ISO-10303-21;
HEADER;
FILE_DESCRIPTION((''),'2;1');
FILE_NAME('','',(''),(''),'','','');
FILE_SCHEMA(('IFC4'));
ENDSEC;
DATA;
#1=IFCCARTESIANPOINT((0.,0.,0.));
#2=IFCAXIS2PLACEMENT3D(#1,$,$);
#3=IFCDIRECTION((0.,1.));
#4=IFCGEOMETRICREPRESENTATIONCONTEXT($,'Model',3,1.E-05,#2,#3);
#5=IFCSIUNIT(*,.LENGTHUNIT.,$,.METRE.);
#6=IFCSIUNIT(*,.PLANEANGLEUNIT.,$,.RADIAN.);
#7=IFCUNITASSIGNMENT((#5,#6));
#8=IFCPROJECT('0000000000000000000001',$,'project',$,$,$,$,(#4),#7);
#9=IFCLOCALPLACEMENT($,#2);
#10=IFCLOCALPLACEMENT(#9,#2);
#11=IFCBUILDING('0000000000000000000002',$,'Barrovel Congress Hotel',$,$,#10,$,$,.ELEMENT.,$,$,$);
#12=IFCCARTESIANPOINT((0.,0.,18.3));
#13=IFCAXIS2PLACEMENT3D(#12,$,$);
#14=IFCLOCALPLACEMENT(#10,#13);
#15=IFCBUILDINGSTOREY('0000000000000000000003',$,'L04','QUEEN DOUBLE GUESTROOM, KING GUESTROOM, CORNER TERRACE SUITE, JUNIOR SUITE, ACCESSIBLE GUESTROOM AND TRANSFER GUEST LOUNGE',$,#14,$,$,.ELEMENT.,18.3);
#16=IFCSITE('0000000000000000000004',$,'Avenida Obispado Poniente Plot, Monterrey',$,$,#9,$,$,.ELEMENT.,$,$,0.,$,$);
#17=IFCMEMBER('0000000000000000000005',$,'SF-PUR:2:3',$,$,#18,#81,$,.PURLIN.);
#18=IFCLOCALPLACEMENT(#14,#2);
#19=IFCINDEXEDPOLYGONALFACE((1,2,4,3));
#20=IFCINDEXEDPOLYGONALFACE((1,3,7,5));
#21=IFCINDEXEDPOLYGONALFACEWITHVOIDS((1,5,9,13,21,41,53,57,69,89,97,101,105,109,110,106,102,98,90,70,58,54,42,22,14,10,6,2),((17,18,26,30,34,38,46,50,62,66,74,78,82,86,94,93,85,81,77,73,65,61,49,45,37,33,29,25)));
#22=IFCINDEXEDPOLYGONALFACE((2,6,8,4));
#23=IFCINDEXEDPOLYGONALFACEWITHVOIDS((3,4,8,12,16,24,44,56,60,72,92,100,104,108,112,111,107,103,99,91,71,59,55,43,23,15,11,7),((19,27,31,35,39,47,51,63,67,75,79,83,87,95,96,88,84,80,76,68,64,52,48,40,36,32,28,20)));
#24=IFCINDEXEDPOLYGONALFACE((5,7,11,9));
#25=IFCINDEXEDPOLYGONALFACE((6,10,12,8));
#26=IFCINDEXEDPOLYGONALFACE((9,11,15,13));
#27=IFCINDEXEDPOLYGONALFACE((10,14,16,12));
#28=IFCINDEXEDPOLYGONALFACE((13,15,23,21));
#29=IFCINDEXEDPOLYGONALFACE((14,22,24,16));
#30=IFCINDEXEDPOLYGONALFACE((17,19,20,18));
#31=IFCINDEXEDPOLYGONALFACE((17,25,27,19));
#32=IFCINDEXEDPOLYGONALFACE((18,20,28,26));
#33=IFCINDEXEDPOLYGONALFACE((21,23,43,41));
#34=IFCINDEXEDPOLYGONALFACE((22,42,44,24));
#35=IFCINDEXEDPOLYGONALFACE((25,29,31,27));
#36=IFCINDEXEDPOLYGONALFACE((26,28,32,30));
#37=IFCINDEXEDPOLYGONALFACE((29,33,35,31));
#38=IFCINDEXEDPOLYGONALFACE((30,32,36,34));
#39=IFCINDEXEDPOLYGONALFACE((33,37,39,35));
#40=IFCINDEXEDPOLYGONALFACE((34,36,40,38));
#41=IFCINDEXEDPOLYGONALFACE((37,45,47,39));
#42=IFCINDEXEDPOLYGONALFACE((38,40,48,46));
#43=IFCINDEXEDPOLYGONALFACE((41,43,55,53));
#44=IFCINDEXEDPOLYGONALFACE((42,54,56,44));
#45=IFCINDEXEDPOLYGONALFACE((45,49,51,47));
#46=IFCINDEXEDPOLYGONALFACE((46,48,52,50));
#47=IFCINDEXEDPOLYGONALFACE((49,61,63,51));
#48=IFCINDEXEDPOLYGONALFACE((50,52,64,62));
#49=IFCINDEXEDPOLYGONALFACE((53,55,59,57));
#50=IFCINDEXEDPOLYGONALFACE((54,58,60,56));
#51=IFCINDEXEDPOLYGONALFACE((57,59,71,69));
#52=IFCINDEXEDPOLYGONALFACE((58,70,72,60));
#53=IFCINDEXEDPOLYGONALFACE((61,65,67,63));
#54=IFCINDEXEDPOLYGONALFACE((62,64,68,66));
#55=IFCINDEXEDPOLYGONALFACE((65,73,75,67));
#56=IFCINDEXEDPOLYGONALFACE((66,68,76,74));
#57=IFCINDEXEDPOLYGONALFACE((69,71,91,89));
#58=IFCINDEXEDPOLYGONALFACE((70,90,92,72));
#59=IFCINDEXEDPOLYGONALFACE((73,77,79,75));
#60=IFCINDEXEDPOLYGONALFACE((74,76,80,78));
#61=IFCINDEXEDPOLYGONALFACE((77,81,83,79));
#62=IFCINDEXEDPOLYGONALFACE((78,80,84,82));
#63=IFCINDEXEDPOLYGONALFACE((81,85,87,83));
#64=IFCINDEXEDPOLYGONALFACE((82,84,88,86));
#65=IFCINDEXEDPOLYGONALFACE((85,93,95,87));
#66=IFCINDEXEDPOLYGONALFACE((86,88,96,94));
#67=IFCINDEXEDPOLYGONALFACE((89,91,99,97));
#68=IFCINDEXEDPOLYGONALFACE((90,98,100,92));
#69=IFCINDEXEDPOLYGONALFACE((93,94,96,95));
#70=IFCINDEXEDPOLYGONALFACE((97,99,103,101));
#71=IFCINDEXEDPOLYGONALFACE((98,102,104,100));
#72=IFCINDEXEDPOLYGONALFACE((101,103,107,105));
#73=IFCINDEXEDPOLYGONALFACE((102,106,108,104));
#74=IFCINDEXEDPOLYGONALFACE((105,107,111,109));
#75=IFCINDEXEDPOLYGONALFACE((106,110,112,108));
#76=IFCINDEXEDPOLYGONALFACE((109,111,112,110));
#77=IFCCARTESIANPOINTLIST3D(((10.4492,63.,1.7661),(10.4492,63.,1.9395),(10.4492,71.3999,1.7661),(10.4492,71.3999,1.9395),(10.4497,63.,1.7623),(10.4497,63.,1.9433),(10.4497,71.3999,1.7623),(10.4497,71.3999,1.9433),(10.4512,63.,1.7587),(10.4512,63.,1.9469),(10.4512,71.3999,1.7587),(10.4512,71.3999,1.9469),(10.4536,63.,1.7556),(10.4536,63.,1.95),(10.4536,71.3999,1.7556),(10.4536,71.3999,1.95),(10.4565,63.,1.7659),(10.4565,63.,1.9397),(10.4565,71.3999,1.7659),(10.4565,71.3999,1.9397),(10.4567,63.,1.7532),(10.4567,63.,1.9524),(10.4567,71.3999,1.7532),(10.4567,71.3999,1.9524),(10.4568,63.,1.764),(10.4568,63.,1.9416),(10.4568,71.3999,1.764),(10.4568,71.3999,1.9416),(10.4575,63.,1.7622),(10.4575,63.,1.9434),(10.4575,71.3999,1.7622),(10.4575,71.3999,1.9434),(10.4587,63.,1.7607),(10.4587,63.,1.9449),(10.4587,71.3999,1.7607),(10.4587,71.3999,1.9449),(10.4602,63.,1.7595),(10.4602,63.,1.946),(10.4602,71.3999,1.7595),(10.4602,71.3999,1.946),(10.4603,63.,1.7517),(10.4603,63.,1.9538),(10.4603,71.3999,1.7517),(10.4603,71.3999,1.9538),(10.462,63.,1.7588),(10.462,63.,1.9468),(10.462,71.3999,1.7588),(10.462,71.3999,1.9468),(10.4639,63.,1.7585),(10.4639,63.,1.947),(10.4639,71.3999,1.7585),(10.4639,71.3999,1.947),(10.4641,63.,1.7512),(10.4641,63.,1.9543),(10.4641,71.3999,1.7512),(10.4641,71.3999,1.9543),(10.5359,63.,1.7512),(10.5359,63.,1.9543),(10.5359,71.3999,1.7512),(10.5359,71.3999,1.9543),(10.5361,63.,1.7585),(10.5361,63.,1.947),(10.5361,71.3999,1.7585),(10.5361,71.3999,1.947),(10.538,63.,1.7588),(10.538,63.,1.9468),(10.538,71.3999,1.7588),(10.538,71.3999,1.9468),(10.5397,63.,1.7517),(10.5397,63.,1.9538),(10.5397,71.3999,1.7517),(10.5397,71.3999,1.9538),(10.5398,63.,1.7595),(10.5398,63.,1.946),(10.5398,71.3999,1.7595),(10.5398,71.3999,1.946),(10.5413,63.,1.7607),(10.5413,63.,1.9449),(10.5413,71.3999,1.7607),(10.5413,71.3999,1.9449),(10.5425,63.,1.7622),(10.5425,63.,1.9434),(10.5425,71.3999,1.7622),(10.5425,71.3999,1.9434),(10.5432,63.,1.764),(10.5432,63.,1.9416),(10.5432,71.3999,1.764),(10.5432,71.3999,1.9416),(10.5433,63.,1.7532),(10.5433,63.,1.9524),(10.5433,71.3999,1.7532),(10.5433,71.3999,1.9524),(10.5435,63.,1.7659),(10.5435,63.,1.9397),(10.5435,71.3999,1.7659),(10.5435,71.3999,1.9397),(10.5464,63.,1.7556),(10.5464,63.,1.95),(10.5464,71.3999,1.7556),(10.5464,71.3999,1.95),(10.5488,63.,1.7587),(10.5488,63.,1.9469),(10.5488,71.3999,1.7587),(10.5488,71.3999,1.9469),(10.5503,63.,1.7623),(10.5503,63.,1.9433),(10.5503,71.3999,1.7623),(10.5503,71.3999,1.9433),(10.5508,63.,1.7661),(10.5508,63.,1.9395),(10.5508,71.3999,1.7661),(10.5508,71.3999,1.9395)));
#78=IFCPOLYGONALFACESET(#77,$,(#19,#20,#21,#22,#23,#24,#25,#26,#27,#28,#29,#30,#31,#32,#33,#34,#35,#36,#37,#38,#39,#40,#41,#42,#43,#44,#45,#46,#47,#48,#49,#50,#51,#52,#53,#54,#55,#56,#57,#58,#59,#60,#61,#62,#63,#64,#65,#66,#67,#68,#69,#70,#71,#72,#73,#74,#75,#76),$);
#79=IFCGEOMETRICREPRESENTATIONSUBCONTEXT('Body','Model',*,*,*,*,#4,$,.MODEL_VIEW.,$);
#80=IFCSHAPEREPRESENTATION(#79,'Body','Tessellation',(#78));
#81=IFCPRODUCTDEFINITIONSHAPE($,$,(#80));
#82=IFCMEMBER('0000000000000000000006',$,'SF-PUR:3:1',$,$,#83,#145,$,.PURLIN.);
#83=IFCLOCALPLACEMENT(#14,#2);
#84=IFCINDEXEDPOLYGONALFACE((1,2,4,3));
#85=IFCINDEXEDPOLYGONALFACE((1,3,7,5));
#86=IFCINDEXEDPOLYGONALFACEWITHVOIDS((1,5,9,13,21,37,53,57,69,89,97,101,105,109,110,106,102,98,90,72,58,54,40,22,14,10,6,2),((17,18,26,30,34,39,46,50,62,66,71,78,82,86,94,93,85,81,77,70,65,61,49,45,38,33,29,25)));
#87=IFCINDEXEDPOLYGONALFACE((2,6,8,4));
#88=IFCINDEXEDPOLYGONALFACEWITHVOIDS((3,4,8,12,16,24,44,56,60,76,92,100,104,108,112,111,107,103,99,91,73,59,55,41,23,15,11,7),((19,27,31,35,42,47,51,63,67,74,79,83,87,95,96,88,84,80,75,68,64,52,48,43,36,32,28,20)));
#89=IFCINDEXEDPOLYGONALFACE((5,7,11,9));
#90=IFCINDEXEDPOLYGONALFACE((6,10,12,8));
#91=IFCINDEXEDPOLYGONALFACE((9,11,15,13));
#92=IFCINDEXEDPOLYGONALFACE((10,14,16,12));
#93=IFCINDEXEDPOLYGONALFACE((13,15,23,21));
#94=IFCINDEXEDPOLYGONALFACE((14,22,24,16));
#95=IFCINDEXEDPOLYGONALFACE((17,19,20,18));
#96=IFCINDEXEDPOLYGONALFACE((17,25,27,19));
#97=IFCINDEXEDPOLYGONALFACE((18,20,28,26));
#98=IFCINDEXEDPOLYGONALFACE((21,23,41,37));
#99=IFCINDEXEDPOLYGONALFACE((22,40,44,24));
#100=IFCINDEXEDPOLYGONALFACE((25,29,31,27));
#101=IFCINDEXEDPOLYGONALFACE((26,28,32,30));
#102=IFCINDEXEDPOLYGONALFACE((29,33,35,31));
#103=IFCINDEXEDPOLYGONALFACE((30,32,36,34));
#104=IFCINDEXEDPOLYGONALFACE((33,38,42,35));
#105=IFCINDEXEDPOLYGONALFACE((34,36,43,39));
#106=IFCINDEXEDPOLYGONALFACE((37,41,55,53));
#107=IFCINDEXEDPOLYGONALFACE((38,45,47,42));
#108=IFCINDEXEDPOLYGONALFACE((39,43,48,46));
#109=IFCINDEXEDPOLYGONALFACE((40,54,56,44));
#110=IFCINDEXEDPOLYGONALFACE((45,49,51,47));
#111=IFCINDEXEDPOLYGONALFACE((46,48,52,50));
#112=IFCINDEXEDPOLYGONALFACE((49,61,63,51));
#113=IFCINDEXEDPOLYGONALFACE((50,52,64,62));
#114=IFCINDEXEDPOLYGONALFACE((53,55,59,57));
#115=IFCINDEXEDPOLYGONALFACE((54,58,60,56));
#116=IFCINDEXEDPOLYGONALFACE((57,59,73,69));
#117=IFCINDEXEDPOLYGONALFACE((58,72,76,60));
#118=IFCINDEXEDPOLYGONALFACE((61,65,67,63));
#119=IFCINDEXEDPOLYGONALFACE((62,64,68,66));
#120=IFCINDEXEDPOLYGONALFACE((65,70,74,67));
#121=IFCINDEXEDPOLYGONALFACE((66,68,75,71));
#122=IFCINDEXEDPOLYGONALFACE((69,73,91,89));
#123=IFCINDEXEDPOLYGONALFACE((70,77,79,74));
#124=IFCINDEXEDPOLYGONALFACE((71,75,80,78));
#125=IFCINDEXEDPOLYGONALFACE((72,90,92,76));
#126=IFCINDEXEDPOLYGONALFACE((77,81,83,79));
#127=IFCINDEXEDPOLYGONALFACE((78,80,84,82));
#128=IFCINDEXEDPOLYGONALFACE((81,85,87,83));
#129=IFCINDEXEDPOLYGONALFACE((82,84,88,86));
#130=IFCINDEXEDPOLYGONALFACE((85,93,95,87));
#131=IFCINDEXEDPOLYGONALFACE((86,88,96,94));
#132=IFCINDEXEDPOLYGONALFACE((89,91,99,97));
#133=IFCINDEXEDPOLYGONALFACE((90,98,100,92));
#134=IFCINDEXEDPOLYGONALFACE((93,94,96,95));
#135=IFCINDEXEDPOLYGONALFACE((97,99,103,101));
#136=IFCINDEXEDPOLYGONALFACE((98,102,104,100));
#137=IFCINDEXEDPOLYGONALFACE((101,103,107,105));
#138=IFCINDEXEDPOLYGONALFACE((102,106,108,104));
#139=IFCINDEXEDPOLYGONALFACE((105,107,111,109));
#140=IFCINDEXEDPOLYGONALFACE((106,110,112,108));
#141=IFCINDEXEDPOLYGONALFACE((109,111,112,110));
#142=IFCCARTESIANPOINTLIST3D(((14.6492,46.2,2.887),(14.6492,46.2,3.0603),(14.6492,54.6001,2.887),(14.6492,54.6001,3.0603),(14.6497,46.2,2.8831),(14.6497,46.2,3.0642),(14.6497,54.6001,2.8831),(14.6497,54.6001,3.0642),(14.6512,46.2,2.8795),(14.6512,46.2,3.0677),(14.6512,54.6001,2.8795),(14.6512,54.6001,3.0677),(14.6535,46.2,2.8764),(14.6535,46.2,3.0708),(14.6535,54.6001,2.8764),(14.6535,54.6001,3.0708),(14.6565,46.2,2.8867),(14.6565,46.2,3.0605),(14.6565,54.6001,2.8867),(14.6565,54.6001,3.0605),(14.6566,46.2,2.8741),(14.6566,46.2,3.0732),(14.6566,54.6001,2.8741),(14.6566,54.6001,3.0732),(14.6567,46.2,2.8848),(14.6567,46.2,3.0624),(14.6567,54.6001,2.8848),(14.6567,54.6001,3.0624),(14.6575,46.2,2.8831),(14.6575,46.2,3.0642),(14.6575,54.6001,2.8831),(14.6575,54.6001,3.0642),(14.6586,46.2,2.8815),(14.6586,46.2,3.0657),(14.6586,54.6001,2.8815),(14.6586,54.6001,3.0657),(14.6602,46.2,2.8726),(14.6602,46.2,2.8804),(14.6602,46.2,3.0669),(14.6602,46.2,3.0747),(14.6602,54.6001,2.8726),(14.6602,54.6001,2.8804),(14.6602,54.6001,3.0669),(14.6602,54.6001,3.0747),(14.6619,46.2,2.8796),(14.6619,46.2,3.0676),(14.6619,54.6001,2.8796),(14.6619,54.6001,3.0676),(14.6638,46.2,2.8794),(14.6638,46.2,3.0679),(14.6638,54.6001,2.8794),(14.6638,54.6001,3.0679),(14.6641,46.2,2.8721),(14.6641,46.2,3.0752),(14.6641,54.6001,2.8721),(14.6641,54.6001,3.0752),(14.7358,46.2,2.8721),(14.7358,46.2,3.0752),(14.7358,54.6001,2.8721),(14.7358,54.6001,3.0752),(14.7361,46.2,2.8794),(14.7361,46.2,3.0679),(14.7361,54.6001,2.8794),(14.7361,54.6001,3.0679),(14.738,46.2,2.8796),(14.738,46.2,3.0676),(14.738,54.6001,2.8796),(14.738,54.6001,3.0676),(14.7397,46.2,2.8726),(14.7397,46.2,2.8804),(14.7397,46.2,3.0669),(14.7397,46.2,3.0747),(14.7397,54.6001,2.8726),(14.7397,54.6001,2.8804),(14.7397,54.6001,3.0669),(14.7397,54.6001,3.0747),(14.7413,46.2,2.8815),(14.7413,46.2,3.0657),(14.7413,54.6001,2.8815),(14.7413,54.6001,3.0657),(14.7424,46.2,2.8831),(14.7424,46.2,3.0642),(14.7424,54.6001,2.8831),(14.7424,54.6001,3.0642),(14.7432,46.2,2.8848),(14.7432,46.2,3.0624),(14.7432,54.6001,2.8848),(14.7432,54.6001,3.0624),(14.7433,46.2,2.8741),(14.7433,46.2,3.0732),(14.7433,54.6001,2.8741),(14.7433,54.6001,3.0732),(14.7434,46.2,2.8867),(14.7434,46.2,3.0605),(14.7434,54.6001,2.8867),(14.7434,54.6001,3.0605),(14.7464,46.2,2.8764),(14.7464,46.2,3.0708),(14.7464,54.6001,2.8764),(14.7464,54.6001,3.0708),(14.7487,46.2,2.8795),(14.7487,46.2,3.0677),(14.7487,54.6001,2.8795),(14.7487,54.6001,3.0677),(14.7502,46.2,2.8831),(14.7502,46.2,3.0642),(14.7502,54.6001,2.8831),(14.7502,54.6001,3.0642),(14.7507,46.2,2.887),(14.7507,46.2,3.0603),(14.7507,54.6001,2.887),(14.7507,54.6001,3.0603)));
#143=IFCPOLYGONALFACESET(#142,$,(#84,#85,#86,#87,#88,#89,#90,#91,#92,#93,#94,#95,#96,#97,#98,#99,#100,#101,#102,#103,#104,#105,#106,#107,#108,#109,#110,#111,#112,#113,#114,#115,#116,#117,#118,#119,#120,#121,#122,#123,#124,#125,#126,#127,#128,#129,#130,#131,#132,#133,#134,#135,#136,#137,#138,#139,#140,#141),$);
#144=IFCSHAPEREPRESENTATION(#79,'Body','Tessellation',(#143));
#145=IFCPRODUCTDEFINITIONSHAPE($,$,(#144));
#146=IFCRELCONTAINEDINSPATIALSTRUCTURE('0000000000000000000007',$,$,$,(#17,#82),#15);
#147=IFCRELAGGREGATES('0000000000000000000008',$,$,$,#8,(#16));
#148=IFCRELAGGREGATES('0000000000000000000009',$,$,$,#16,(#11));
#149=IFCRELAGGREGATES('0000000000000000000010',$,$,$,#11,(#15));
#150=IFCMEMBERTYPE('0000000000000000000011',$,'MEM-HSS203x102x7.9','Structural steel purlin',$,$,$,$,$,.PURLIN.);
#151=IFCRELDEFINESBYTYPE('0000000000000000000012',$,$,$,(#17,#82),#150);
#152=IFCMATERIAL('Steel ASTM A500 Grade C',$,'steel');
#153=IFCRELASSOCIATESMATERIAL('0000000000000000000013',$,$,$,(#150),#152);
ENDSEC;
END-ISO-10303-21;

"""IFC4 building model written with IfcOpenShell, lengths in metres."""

from ifc_helpers import new_model, si_unit, direction, frame, origin, origin_2d, place, context, subcontext, project, spatial, hollow_rectangle, extrude, material, material_profile, profile_set, type_object, element, save


model = new_model("IFC4")

# Units and contexts
model_context = context("Model", 3, precision=1e-05, world=origin(), true_north=direction((0.0, 1.0)))
body_context = subcontext(model_context, "Body", "Model", "MODEL_VIEW")
ifc_project = project(units=[si_unit("LENGTHUNIT", "METRE"), si_unit("PLANEANGLEUNIT", "RADIAN")], contexts=[model_context])

# Site, building, storey
site_placement = place(None, origin())
site = spatial("IfcSite", under=ifc_project, at=site_placement, Name="Avenida Obispado Poniente Plot, Monterrey", CompositionType="ELEMENT", RefElevation=0.0)
building_placement = place(site_placement, origin())
building = spatial("IfcBuilding", under=site, at=building_placement, Name="Barrovel Congress Hotel", CompositionType="ELEMENT")
storey_placement = place(building_placement, frame((0.0, 0.0, 18.3)))
storey = spatial("IfcBuildingStorey", under=building, at=storey_placement, Name="L04", Description="QUEEN DOUBLE GUESTROOM, KING GUESTROOM, CORNER TERRACE SUITE, JUNIOR SUITE, ACCESSIBLE GUESTROOM AND TRANSFER GUEST LOUNGE", CompositionType="ELEMENT", Elevation=18.3)

# Members
ifc_material_1 = material(Name="Steel ASTM A500 Grade C", Category="steel")
ifc_material_profile_1 = material_profile(ifc_material_1, hollow_rectangle(XDim=0.1016, YDim=0.2031, WallThickness=0.0073, InnerFilletRadius=0.0073, OuterFilletRadius=0.0149, at=origin_2d()), Name="HSS203x102x7.9")
ifc_profile_set_1 = profile_set([ifc_material_profile_1], Name="Steel ASTM A500 Grade C")
member_type_1 = type_object("IfcMemberType", Name="MEM-HSS203x102x7.9", Description="Structural steel purlin", PredefinedType="PURLIN", material=ifc_profile_set_1)
for number, where, z_axis, x_axis, name in (
    (1, (10.5, 63.0, 1.8528), (0.0, 1.0, 0.0), (-1.0, 0.0, 0.0), "SF-PUR:2:3"),
):
    element("IfcMember", number, at=place(storey_placement, frame(where, z_axis=z_axis, x_axis=x_axis)), inside=storey, type_object=member_type_1, Name=name, PredefinedType="PURLIN", context=body_context, shape_type="SweptSolid", body=[
        extrude(hollow_rectangle(XDim=0.1016, YDim=0.2031, WallThickness=0.0073, InnerFilletRadius=0.0073, OuterFilletRadius=0.0149, at=origin_2d()), origin(), (0.0, 0.0, 1.0), 8.3999),
    ])
member_1_placement = place(storey_placement, frame((14.7, 46.2, 2.9736), z_axis=(0.0, 1.0, 0.0), x_axis=(-1.0, 0.0, 0.0)))
element("IfcMember", 2, at=member_1_placement, inside=storey, type_object=member_type_1, Name="SF-PUR:3:1", PredefinedType="PURLIN", context=body_context, shape_type="SweptSolid", body=[
    extrude(hollow_rectangle(XDim=0.1016, YDim=0.2031, WallThickness=0.0073, InnerFilletRadius=0.0073, OuterFilletRadius=0.0149, at=origin_2d()), origin(), (0.0, 0.0, 1.0), 8.4001),
])

save(model, "model.ifc")
